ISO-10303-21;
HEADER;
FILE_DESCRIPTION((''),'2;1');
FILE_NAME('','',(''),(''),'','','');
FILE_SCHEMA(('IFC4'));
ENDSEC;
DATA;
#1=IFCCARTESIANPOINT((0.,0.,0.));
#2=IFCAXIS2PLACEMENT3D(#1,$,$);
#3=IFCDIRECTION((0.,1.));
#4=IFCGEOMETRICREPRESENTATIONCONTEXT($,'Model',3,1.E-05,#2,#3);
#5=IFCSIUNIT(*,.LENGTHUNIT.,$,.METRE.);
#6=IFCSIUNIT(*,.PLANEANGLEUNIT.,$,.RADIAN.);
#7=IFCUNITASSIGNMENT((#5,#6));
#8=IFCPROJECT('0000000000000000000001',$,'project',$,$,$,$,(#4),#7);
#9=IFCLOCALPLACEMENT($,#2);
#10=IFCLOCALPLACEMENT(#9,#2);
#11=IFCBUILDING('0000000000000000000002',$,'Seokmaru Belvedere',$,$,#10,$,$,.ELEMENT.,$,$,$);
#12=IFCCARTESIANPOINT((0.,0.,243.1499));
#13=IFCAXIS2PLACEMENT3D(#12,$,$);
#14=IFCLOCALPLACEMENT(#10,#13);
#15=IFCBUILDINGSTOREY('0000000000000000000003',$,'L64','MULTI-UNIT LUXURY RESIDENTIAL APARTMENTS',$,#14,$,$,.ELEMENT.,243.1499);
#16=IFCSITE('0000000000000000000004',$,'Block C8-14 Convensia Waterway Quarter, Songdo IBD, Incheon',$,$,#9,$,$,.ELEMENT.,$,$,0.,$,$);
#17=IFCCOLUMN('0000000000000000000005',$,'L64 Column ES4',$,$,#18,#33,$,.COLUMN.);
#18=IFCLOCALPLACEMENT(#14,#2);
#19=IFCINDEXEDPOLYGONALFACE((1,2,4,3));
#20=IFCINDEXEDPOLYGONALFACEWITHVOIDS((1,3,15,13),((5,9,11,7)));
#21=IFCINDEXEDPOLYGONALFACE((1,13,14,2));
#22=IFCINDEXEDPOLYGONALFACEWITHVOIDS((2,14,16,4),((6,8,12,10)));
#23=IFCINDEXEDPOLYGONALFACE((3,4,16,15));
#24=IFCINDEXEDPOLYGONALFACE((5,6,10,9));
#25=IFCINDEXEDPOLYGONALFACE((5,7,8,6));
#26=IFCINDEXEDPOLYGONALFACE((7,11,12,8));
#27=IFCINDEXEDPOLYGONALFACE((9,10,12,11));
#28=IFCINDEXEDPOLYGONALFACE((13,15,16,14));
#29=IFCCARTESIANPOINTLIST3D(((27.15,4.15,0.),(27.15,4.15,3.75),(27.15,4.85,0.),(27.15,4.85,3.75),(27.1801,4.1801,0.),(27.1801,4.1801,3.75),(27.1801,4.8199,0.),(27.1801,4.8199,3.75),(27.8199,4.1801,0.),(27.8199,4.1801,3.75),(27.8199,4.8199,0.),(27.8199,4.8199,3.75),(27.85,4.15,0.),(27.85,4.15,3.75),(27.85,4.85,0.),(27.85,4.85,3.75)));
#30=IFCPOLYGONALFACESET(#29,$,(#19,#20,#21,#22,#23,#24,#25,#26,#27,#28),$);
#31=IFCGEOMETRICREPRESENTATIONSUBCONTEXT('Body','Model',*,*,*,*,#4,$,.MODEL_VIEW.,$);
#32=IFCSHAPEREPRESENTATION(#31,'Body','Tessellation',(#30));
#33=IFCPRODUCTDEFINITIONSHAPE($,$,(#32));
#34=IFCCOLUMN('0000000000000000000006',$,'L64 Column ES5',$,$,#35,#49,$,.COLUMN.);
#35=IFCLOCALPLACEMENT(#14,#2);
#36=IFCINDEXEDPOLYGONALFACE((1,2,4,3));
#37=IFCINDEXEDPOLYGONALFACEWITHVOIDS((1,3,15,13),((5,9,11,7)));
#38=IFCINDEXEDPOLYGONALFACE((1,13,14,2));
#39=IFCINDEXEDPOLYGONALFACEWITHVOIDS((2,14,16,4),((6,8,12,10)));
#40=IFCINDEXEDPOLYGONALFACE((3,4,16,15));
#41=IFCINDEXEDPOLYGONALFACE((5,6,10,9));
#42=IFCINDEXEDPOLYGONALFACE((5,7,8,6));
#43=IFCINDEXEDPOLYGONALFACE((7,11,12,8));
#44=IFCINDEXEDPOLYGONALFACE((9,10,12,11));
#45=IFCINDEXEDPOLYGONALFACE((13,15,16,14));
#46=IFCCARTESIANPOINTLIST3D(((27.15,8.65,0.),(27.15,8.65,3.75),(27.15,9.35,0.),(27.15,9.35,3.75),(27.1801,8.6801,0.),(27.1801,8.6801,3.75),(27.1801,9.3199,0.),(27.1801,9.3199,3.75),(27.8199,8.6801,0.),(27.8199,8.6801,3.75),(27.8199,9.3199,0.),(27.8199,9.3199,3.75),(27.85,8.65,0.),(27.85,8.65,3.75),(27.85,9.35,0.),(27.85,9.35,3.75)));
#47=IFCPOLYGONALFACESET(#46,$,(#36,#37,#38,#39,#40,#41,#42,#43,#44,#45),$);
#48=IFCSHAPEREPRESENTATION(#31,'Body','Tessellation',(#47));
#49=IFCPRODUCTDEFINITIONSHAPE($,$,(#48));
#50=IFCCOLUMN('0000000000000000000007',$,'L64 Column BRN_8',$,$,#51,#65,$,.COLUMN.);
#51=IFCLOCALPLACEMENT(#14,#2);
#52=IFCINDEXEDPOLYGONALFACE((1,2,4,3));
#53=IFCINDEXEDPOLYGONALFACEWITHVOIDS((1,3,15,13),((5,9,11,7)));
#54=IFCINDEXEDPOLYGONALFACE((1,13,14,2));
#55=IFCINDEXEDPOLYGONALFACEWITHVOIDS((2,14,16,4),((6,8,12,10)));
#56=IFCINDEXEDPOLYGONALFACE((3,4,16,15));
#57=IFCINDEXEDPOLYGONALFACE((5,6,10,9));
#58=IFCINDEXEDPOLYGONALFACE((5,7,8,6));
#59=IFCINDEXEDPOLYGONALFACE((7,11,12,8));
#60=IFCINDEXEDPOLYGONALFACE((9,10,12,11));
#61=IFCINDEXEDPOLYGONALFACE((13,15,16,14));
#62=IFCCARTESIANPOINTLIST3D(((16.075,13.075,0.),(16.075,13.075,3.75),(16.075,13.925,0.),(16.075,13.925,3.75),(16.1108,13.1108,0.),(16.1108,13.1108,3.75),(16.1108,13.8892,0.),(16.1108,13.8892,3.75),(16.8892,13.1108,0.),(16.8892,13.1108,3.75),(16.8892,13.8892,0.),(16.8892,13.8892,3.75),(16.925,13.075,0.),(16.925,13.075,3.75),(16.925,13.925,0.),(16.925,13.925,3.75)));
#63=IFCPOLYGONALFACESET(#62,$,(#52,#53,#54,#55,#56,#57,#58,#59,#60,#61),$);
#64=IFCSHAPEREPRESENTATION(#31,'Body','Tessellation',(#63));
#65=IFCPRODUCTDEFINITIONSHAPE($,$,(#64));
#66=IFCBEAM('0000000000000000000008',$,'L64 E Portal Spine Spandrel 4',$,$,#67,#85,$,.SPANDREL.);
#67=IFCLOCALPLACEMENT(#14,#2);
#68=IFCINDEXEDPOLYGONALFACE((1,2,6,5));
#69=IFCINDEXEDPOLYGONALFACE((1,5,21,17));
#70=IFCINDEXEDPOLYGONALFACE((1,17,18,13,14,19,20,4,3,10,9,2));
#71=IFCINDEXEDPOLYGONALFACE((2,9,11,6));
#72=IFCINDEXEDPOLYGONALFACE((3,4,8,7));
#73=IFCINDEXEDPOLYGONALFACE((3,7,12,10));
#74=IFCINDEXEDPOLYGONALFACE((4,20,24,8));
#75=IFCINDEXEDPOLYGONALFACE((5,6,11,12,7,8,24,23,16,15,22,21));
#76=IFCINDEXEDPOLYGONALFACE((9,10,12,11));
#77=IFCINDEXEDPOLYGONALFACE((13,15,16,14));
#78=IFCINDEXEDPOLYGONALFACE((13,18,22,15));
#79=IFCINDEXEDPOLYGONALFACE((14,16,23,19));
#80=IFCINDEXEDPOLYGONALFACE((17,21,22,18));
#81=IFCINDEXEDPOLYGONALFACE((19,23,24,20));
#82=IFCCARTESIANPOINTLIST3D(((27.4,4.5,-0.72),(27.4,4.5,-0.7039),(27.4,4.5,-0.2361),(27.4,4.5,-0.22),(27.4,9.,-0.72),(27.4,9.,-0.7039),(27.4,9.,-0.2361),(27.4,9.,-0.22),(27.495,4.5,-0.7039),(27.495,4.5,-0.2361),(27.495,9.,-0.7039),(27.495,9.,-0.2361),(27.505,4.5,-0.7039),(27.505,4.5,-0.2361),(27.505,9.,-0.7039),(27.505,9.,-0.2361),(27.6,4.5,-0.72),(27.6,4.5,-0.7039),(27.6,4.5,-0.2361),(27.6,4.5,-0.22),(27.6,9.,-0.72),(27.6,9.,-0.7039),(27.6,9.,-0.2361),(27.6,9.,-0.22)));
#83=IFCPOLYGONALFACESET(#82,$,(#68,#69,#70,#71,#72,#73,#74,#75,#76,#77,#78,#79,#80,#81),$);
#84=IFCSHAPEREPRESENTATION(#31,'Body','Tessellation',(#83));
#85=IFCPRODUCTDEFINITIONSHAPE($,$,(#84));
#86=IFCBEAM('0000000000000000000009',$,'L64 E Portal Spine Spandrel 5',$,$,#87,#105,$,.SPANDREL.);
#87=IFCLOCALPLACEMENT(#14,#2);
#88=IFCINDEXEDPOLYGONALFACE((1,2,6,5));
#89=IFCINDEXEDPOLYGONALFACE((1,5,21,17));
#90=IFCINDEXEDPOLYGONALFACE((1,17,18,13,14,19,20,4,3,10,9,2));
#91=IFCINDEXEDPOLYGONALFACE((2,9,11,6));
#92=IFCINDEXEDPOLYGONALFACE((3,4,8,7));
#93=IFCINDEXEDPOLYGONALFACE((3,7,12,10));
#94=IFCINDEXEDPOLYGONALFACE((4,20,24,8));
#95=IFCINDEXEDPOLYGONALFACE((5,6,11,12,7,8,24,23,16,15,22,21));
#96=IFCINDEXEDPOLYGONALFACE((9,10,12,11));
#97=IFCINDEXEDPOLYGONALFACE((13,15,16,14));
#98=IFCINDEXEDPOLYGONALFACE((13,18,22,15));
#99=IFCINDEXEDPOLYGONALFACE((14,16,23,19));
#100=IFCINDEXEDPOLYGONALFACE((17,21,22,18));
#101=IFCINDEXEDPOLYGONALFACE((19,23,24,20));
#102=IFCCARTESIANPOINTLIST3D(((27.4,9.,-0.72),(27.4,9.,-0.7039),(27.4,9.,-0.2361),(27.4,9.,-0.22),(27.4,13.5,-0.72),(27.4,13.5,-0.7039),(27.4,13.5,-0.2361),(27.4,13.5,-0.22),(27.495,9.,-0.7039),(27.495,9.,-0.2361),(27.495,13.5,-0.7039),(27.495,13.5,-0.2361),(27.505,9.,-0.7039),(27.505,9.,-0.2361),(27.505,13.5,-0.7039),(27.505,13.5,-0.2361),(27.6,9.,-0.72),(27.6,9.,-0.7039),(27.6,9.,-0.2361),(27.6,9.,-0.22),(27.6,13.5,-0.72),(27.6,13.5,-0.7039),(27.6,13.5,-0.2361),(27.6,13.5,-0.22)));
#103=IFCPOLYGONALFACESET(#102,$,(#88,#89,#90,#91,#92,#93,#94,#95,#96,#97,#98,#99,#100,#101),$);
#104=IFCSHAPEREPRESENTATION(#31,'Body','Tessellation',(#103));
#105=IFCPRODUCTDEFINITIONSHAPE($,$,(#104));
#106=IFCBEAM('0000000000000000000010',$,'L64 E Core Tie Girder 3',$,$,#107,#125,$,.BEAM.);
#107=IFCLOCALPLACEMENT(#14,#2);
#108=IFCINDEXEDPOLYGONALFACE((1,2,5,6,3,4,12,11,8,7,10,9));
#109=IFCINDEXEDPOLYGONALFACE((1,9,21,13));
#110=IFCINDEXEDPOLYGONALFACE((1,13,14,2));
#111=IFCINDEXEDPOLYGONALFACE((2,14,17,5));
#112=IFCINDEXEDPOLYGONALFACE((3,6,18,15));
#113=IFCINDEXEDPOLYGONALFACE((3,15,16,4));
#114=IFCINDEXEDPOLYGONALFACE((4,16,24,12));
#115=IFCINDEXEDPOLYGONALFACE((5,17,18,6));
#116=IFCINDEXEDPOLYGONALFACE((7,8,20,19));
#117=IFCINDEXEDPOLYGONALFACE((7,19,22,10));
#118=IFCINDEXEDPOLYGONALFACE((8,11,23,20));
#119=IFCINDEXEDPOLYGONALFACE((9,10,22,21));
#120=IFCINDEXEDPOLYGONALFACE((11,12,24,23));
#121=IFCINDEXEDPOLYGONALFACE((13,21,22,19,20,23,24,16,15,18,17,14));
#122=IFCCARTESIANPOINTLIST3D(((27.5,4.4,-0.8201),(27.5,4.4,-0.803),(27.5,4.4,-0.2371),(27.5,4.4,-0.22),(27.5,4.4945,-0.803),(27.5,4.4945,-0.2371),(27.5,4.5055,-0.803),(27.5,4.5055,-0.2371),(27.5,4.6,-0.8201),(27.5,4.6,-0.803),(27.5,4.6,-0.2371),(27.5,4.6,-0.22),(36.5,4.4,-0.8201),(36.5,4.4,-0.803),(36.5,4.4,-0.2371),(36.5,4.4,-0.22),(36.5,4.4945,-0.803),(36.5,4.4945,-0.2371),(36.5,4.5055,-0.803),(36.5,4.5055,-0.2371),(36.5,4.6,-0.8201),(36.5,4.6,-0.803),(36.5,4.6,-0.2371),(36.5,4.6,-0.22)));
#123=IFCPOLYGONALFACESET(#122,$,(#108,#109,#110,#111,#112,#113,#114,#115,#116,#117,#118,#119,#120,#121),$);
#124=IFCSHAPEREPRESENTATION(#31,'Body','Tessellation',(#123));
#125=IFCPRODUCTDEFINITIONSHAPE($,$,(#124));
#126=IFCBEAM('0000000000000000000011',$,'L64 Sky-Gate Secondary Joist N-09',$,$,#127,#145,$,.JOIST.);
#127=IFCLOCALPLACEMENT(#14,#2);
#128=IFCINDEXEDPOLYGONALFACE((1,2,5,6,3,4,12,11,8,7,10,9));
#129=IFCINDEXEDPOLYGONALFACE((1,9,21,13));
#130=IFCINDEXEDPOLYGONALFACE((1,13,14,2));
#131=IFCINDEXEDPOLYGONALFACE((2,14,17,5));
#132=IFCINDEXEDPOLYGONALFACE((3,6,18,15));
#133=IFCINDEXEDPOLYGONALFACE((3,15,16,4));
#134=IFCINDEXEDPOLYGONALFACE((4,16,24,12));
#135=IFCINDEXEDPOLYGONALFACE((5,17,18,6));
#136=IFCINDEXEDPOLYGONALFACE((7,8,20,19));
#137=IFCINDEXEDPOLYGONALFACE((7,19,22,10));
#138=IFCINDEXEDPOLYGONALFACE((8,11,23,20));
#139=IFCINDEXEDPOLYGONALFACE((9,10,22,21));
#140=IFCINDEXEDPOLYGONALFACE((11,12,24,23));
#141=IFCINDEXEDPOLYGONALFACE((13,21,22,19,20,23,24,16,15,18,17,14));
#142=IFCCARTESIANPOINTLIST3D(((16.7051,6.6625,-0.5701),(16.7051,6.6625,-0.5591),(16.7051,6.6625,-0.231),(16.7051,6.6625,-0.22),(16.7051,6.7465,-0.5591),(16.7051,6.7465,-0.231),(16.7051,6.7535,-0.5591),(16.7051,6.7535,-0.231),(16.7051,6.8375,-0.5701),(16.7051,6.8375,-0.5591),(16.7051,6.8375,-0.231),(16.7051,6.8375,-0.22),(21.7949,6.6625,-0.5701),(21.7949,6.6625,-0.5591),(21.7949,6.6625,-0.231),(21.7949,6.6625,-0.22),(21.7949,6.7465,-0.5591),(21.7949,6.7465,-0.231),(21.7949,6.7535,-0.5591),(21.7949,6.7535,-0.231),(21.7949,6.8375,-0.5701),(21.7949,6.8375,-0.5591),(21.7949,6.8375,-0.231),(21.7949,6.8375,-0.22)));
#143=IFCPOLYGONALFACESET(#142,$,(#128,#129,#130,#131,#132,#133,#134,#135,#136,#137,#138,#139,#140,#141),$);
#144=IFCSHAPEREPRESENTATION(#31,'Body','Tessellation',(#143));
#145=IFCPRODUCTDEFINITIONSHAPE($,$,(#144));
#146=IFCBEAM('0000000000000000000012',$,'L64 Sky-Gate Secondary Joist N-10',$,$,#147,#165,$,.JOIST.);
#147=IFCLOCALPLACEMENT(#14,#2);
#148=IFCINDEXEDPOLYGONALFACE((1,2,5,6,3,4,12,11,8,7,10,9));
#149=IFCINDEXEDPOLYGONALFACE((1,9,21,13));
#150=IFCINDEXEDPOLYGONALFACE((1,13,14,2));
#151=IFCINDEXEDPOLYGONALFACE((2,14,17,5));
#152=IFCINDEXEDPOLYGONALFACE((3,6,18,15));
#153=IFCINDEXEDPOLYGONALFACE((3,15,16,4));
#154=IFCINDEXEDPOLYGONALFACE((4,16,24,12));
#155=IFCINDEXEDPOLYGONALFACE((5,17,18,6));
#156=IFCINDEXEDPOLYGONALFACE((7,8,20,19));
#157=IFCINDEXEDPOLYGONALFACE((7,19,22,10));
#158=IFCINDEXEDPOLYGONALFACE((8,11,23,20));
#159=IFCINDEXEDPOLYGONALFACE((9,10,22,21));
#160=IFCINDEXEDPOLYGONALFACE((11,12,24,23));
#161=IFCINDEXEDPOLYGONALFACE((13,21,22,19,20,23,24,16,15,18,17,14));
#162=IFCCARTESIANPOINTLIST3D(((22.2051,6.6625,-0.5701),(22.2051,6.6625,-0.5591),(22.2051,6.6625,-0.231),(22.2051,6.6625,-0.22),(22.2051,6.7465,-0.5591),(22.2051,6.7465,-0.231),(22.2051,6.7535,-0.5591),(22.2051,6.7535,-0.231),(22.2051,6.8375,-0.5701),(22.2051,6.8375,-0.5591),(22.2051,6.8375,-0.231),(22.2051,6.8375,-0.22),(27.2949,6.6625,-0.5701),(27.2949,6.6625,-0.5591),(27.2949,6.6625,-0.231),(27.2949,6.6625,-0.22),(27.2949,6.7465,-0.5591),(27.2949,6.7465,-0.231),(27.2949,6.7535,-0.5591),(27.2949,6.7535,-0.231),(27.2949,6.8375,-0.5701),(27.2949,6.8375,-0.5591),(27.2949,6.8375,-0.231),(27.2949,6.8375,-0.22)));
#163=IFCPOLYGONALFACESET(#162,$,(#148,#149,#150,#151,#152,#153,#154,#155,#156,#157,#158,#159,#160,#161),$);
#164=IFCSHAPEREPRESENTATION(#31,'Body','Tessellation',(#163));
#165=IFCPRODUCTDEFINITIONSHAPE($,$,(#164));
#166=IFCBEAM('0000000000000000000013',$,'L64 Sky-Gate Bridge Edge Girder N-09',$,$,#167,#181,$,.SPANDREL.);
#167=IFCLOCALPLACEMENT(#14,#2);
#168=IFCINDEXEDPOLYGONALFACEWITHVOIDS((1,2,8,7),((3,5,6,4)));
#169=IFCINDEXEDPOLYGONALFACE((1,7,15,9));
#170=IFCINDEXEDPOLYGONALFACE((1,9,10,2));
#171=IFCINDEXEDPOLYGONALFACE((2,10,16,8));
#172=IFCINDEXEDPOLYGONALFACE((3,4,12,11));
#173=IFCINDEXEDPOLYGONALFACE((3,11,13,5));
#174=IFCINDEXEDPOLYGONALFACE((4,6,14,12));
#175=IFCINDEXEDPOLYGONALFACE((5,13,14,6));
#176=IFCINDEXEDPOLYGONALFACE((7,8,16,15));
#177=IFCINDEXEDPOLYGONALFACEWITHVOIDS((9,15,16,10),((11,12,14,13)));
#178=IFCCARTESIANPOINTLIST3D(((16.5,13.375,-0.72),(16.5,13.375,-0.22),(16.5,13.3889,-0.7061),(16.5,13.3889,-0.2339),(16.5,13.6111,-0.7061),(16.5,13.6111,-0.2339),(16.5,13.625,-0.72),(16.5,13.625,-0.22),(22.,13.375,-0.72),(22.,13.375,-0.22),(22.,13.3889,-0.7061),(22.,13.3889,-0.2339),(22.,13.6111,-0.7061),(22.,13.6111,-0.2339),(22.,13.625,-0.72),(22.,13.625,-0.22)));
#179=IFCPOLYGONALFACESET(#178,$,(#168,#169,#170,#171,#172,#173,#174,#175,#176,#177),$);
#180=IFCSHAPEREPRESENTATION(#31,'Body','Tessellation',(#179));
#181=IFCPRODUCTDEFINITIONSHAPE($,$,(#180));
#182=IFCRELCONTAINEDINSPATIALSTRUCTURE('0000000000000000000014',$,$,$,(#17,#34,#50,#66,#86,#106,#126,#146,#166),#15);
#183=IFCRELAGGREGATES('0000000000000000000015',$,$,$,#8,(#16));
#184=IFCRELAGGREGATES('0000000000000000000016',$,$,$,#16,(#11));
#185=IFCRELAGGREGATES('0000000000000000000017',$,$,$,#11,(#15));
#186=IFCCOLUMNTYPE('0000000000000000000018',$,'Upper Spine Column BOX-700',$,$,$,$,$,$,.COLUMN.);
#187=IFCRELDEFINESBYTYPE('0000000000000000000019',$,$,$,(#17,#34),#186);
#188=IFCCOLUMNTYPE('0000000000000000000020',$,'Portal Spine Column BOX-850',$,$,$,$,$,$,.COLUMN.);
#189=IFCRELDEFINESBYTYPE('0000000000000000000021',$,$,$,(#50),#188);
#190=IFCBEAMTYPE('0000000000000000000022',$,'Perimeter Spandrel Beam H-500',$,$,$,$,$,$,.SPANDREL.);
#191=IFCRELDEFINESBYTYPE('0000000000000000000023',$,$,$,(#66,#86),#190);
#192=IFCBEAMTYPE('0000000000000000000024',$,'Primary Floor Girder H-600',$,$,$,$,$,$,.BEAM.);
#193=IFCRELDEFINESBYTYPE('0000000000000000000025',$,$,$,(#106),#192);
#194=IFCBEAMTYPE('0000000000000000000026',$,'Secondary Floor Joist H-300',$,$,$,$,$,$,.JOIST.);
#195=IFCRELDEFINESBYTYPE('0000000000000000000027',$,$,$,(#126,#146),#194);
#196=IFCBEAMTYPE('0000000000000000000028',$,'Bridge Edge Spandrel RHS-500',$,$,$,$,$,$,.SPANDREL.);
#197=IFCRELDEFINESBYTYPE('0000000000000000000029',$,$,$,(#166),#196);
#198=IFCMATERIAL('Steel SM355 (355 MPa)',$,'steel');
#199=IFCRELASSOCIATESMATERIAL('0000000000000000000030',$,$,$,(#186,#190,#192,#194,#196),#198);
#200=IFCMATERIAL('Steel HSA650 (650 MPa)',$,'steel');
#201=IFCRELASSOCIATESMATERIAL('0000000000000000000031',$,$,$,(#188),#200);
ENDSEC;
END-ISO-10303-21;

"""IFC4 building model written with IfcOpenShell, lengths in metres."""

from ifc_helpers import new_model, si_unit, direction, frame, origin, origin_2d, place, context, subcontext, project, spatial, hollow_rectangle, i_section, extrude, source, transform, mapped, material, material_profile, profile_set, type_object, type_shapes, element, save


model = new_model("IFC4")

# Units and contexts
model_context = context("Model", 3, precision=1e-05, world=origin(), true_north=direction((0.0, 1.0)))
body_context = subcontext(model_context, "Body", "Model", "MODEL_VIEW")
ifc_project = project(units=[si_unit("LENGTHUNIT", "METRE"), si_unit("PLANEANGLEUNIT", "RADIAN")], contexts=[model_context])

# Site, building, storey
site_placement = place(None, origin())
site = spatial("IfcSite", under=ifc_project, at=site_placement, Name="Block C8-14 Convensia Waterway Quarter, Songdo IBD, Incheon", CompositionType="ELEMENT", RefElevation=0.0)
building_placement = place(site_placement, origin())
building = spatial("IfcBuilding", under=site, at=building_placement, Name="Seokmaru Belvedere", CompositionType="ELEMENT")
storey_placement = place(building_placement, frame((0.0, 0.0, 243.1499)))
storey = spatial("IfcBuildingStorey", under=building, at=storey_placement, Name="L64", Description="MULTI-UNIT LUXURY RESIDENTIAL APARTMENTS", CompositionType="ELEMENT", Elevation=243.1499)

# Columns
ifc_material_1 = material(Name="Steel SM355 (355 MPa)", Category="steel")
ifc_material_profile_1 = material_profile(ifc_material_1, hollow_rectangle(XDim=0.7, YDim=0.7, WallThickness=0.03, at=origin_2d()), Name="BOX-700x700x30")
ifc_profile_set_1 = profile_set([ifc_material_profile_1], Name="Steel SM355 (355 MPa)")
column_type_1 = type_object("IfcColumnType", Name="Upper Spine Column BOX-700", PredefinedType="COLUMN", material=ifc_profile_set_1)
shared_shape_1 = source(origin(), body_context, "Body", "SweptSolid", [
    extrude(hollow_rectangle(XDim=0.7, YDim=0.7, WallThickness=0.03, at=origin_2d()), origin(), (0.0, 0.0, 1.0), 3.75),
])
type_shapes(column_type_1, [shared_shape_1])
for number, where, z_axis, x_axis, name in (
    (1, (27.5, 4.5, 0.0), (0.0, 0.0, 1.0), (1.0, 0.0, 0.0), "L64 Column ES4"),
    (2, (27.5, 9.0, 0.0), (0.0, 0.0, 1.0), (1.0, 0.0, 0.0), "L64 Column ES5"),
):
    element("IfcColumn", number, at=place(storey_placement, frame(where, z_axis=z_axis, x_axis=x_axis)), inside=storey, type_object=column_type_1, Name=name, PredefinedType="COLUMN", context=body_context, shape_type="MappedRepresentation", body=[
        mapped(shared_shape_1, transform((0.0, 0.0, 0.0), scale=1.0)),
    ])
ifc_material_2 = material(Name="Steel HSA650 (650 MPa)", Category="steel")
ifc_material_profile_2 = material_profile(ifc_material_2, hollow_rectangle(XDim=0.8501, YDim=0.8501, WallThickness=0.0359, at=origin_2d()), Name="BOX-850x850x36")
ifc_profile_set_2 = profile_set([ifc_material_profile_2], Name="Steel HSA650 (650 MPa)")
column_type_2 = type_object("IfcColumnType", Name="Portal Spine Column BOX-850", PredefinedType="COLUMN", material=ifc_profile_set_2)
shared_shape_2 = source(origin(), body_context, "Body", "SweptSolid", [
    extrude(hollow_rectangle(XDim=0.8501, YDim=0.8501, WallThickness=0.0359, at=origin_2d()), origin(), (0.0, 0.0, 1.0), 3.75),
])
type_shapes(column_type_2, [shared_shape_2])
column_placement = place(storey_placement, frame((16.5, 13.5, 0.0), z_axis=(0.0, 0.0, 1.0), x_axis=(1.0, 0.0, 0.0)))
element("IfcColumn", 3, at=column_placement, inside=storey, type_object=column_type_2, Name="L64 Column BRN_8", PredefinedType="COLUMN", context=body_context, shape_type="MappedRepresentation", body=[
    mapped(shared_shape_2, transform((0.0, 0.0, 0.0), scale=1.0)),
])

# Beams
ifc_material_profile_3 = material_profile(ifc_material_1, i_section(OverallWidth=0.2, OverallDepth=0.5, WebThickness=0.01, FlangeThickness=0.0161, at=origin_2d()), Name="H-500x200x10x16")
ifc_profile_set_3 = profile_set([ifc_material_profile_3], Name="Steel SM355 (355 MPa)")
beam_type_1 = type_object("IfcBeamType", Name="Perimeter Spandrel Beam H-500", PredefinedType="SPANDREL", material=ifc_profile_set_3)
shared_shape_3 = source(origin(), body_context, "Body", "SweptSolid", [
    extrude(i_section(OverallWidth=0.2, OverallDepth=0.5, WebThickness=0.01, FlangeThickness=0.0161, at=origin_2d()), origin(), (0.0, 0.0, 1.0), 4.5),
])
type_shapes(beam_type_1, [shared_shape_3])
for number, where, z_axis, x_axis, name in (
    (4, (27.5, 4.5, -0.47), (0.0, 1.0, 0.0), (-1.0, 0.0, 0.0), "L64 E Portal Spine Spandrel 4"),
    (5, (27.5, 9.0, -0.47), (0.0, 1.0, 0.0), (-1.0, 0.0, 0.0), "L64 E Portal Spine Spandrel 5"),
):
    element("IfcBeam", number, at=place(storey_placement, frame(where, z_axis=z_axis, x_axis=x_axis)), inside=storey, type_object=beam_type_1, Name=name, PredefinedType="SPANDREL", context=body_context, shape_type="MappedRepresentation", body=[
        mapped(shared_shape_3, transform((0.0, 0.0, 0.0), scale=1.0)),
    ])
ifc_material_profile_4 = material_profile(ifc_material_1, i_section(OverallWidth=0.2, OverallDepth=0.6001, WebThickness=0.011, FlangeThickness=0.0171, at=origin_2d()), Name="H-600x200x11x17")
ifc_profile_set_4 = profile_set([ifc_material_profile_4], Name="Steel SM355 (355 MPa)")
beam_type_2 = type_object("IfcBeamType", Name="Primary Floor Girder H-600", PredefinedType="BEAM", material=ifc_profile_set_4)
shared_shape_4 = source(origin(), body_context, "Body", "SweptSolid", [
    extrude(i_section(OverallWidth=0.2, OverallDepth=0.6001, WebThickness=0.011, FlangeThickness=0.0171, at=origin_2d()), origin(), (0.0, 0.0, 1.0), 9.0),
])
type_shapes(beam_type_2, [shared_shape_4])
beam_1_placement = place(storey_placement, frame((27.5, 4.5, -0.52), z_axis=(1.0, 0.0, 0.0), x_axis=(0.0, 1.0, 0.0)))
element("IfcBeam", 6, at=beam_1_placement, inside=storey, type_object=beam_type_2, Name="L64 E Core Tie Girder 3", PredefinedType="BEAM", context=body_context, shape_type="MappedRepresentation", body=[
    mapped(shared_shape_4, transform((0.0, 0.0, 0.0), scale=1.0)),
])
ifc_material_profile_5 = material_profile(ifc_material_1, i_section(OverallWidth=0.175, OverallDepth=0.3501, WebThickness=0.0071, FlangeThickness=0.011, at=origin_2d()), Name="H-350x175x7x11")
ifc_profile_set_5 = profile_set([ifc_material_profile_5], Name="Steel SM355 (355 MPa)")
beam_type_3 = type_object("IfcBeamType", Name="Secondary Floor Joist H-300", PredefinedType="JOIST", material=ifc_profile_set_5)
shared_shape_5 = source(origin(), body_context, "Body", "SweptSolid", [
    extrude(i_section(OverallWidth=0.175, OverallDepth=0.3501, WebThickness=0.0071, FlangeThickness=0.011, at=origin_2d()), origin(), (0.0, 0.0, 1.0), 5.0898),
])
type_shapes(beam_type_3, [shared_shape_5])
for number, where, z_axis, x_axis, name in (
    (7, (16.7051, 6.75, -0.395), (1.0, 0.0, 0.0), (0.0, 1.0, 0.0), "L64 Sky-Gate Secondary Joist N-09"),
    (8, (22.2051, 6.75, -0.395), (1.0, 0.0, 0.0), (0.0, 1.0, 0.0), "L64 Sky-Gate Secondary Joist N-10"),
):
    element("IfcBeam", number, at=place(storey_placement, frame(where, z_axis=z_axis, x_axis=x_axis)), inside=storey, type_object=beam_type_3, Name=name, PredefinedType="JOIST", context=body_context, shape_type="MappedRepresentation", body=[
        mapped(shared_shape_5, transform((0.0, 0.0, 0.0), scale=1.0)),
    ])
ifc_material_profile_6 = material_profile(ifc_material_1, hollow_rectangle(XDim=0.25, YDim=0.5, WallThickness=0.0139, at=origin_2d()), Name="RHS-500x250x14")
ifc_profile_set_6 = profile_set([ifc_material_profile_6], Name="Steel SM355 (355 MPa)")
beam_type_4 = type_object("IfcBeamType", Name="Bridge Edge Spandrel RHS-500", PredefinedType="SPANDREL", material=ifc_profile_set_6)
shared_shape_6 = source(origin(), body_context, "Body", "SweptSolid", [
    extrude(hollow_rectangle(XDim=0.25, YDim=0.5, WallThickness=0.0139, at=origin_2d()), origin(), (0.0, 0.0, 1.0), 5.5),
])
type_shapes(beam_type_4, [shared_shape_6])
beam_2_placement = place(storey_placement, frame((16.5, 13.5, -0.47), z_axis=(1.0, 0.0, 0.0), x_axis=(0.0, 1.0, 0.0)))
element("IfcBeam", 9, at=beam_2_placement, inside=storey, type_object=beam_type_4, Name="L64 Sky-Gate Bridge Edge Girder N-09", PredefinedType="SPANDREL", context=body_context, shape_type="MappedRepresentation", body=[
    mapped(shared_shape_6, transform((0.0, 0.0, 0.0), scale=1.0)),
])

save(model, "model.ifc")
